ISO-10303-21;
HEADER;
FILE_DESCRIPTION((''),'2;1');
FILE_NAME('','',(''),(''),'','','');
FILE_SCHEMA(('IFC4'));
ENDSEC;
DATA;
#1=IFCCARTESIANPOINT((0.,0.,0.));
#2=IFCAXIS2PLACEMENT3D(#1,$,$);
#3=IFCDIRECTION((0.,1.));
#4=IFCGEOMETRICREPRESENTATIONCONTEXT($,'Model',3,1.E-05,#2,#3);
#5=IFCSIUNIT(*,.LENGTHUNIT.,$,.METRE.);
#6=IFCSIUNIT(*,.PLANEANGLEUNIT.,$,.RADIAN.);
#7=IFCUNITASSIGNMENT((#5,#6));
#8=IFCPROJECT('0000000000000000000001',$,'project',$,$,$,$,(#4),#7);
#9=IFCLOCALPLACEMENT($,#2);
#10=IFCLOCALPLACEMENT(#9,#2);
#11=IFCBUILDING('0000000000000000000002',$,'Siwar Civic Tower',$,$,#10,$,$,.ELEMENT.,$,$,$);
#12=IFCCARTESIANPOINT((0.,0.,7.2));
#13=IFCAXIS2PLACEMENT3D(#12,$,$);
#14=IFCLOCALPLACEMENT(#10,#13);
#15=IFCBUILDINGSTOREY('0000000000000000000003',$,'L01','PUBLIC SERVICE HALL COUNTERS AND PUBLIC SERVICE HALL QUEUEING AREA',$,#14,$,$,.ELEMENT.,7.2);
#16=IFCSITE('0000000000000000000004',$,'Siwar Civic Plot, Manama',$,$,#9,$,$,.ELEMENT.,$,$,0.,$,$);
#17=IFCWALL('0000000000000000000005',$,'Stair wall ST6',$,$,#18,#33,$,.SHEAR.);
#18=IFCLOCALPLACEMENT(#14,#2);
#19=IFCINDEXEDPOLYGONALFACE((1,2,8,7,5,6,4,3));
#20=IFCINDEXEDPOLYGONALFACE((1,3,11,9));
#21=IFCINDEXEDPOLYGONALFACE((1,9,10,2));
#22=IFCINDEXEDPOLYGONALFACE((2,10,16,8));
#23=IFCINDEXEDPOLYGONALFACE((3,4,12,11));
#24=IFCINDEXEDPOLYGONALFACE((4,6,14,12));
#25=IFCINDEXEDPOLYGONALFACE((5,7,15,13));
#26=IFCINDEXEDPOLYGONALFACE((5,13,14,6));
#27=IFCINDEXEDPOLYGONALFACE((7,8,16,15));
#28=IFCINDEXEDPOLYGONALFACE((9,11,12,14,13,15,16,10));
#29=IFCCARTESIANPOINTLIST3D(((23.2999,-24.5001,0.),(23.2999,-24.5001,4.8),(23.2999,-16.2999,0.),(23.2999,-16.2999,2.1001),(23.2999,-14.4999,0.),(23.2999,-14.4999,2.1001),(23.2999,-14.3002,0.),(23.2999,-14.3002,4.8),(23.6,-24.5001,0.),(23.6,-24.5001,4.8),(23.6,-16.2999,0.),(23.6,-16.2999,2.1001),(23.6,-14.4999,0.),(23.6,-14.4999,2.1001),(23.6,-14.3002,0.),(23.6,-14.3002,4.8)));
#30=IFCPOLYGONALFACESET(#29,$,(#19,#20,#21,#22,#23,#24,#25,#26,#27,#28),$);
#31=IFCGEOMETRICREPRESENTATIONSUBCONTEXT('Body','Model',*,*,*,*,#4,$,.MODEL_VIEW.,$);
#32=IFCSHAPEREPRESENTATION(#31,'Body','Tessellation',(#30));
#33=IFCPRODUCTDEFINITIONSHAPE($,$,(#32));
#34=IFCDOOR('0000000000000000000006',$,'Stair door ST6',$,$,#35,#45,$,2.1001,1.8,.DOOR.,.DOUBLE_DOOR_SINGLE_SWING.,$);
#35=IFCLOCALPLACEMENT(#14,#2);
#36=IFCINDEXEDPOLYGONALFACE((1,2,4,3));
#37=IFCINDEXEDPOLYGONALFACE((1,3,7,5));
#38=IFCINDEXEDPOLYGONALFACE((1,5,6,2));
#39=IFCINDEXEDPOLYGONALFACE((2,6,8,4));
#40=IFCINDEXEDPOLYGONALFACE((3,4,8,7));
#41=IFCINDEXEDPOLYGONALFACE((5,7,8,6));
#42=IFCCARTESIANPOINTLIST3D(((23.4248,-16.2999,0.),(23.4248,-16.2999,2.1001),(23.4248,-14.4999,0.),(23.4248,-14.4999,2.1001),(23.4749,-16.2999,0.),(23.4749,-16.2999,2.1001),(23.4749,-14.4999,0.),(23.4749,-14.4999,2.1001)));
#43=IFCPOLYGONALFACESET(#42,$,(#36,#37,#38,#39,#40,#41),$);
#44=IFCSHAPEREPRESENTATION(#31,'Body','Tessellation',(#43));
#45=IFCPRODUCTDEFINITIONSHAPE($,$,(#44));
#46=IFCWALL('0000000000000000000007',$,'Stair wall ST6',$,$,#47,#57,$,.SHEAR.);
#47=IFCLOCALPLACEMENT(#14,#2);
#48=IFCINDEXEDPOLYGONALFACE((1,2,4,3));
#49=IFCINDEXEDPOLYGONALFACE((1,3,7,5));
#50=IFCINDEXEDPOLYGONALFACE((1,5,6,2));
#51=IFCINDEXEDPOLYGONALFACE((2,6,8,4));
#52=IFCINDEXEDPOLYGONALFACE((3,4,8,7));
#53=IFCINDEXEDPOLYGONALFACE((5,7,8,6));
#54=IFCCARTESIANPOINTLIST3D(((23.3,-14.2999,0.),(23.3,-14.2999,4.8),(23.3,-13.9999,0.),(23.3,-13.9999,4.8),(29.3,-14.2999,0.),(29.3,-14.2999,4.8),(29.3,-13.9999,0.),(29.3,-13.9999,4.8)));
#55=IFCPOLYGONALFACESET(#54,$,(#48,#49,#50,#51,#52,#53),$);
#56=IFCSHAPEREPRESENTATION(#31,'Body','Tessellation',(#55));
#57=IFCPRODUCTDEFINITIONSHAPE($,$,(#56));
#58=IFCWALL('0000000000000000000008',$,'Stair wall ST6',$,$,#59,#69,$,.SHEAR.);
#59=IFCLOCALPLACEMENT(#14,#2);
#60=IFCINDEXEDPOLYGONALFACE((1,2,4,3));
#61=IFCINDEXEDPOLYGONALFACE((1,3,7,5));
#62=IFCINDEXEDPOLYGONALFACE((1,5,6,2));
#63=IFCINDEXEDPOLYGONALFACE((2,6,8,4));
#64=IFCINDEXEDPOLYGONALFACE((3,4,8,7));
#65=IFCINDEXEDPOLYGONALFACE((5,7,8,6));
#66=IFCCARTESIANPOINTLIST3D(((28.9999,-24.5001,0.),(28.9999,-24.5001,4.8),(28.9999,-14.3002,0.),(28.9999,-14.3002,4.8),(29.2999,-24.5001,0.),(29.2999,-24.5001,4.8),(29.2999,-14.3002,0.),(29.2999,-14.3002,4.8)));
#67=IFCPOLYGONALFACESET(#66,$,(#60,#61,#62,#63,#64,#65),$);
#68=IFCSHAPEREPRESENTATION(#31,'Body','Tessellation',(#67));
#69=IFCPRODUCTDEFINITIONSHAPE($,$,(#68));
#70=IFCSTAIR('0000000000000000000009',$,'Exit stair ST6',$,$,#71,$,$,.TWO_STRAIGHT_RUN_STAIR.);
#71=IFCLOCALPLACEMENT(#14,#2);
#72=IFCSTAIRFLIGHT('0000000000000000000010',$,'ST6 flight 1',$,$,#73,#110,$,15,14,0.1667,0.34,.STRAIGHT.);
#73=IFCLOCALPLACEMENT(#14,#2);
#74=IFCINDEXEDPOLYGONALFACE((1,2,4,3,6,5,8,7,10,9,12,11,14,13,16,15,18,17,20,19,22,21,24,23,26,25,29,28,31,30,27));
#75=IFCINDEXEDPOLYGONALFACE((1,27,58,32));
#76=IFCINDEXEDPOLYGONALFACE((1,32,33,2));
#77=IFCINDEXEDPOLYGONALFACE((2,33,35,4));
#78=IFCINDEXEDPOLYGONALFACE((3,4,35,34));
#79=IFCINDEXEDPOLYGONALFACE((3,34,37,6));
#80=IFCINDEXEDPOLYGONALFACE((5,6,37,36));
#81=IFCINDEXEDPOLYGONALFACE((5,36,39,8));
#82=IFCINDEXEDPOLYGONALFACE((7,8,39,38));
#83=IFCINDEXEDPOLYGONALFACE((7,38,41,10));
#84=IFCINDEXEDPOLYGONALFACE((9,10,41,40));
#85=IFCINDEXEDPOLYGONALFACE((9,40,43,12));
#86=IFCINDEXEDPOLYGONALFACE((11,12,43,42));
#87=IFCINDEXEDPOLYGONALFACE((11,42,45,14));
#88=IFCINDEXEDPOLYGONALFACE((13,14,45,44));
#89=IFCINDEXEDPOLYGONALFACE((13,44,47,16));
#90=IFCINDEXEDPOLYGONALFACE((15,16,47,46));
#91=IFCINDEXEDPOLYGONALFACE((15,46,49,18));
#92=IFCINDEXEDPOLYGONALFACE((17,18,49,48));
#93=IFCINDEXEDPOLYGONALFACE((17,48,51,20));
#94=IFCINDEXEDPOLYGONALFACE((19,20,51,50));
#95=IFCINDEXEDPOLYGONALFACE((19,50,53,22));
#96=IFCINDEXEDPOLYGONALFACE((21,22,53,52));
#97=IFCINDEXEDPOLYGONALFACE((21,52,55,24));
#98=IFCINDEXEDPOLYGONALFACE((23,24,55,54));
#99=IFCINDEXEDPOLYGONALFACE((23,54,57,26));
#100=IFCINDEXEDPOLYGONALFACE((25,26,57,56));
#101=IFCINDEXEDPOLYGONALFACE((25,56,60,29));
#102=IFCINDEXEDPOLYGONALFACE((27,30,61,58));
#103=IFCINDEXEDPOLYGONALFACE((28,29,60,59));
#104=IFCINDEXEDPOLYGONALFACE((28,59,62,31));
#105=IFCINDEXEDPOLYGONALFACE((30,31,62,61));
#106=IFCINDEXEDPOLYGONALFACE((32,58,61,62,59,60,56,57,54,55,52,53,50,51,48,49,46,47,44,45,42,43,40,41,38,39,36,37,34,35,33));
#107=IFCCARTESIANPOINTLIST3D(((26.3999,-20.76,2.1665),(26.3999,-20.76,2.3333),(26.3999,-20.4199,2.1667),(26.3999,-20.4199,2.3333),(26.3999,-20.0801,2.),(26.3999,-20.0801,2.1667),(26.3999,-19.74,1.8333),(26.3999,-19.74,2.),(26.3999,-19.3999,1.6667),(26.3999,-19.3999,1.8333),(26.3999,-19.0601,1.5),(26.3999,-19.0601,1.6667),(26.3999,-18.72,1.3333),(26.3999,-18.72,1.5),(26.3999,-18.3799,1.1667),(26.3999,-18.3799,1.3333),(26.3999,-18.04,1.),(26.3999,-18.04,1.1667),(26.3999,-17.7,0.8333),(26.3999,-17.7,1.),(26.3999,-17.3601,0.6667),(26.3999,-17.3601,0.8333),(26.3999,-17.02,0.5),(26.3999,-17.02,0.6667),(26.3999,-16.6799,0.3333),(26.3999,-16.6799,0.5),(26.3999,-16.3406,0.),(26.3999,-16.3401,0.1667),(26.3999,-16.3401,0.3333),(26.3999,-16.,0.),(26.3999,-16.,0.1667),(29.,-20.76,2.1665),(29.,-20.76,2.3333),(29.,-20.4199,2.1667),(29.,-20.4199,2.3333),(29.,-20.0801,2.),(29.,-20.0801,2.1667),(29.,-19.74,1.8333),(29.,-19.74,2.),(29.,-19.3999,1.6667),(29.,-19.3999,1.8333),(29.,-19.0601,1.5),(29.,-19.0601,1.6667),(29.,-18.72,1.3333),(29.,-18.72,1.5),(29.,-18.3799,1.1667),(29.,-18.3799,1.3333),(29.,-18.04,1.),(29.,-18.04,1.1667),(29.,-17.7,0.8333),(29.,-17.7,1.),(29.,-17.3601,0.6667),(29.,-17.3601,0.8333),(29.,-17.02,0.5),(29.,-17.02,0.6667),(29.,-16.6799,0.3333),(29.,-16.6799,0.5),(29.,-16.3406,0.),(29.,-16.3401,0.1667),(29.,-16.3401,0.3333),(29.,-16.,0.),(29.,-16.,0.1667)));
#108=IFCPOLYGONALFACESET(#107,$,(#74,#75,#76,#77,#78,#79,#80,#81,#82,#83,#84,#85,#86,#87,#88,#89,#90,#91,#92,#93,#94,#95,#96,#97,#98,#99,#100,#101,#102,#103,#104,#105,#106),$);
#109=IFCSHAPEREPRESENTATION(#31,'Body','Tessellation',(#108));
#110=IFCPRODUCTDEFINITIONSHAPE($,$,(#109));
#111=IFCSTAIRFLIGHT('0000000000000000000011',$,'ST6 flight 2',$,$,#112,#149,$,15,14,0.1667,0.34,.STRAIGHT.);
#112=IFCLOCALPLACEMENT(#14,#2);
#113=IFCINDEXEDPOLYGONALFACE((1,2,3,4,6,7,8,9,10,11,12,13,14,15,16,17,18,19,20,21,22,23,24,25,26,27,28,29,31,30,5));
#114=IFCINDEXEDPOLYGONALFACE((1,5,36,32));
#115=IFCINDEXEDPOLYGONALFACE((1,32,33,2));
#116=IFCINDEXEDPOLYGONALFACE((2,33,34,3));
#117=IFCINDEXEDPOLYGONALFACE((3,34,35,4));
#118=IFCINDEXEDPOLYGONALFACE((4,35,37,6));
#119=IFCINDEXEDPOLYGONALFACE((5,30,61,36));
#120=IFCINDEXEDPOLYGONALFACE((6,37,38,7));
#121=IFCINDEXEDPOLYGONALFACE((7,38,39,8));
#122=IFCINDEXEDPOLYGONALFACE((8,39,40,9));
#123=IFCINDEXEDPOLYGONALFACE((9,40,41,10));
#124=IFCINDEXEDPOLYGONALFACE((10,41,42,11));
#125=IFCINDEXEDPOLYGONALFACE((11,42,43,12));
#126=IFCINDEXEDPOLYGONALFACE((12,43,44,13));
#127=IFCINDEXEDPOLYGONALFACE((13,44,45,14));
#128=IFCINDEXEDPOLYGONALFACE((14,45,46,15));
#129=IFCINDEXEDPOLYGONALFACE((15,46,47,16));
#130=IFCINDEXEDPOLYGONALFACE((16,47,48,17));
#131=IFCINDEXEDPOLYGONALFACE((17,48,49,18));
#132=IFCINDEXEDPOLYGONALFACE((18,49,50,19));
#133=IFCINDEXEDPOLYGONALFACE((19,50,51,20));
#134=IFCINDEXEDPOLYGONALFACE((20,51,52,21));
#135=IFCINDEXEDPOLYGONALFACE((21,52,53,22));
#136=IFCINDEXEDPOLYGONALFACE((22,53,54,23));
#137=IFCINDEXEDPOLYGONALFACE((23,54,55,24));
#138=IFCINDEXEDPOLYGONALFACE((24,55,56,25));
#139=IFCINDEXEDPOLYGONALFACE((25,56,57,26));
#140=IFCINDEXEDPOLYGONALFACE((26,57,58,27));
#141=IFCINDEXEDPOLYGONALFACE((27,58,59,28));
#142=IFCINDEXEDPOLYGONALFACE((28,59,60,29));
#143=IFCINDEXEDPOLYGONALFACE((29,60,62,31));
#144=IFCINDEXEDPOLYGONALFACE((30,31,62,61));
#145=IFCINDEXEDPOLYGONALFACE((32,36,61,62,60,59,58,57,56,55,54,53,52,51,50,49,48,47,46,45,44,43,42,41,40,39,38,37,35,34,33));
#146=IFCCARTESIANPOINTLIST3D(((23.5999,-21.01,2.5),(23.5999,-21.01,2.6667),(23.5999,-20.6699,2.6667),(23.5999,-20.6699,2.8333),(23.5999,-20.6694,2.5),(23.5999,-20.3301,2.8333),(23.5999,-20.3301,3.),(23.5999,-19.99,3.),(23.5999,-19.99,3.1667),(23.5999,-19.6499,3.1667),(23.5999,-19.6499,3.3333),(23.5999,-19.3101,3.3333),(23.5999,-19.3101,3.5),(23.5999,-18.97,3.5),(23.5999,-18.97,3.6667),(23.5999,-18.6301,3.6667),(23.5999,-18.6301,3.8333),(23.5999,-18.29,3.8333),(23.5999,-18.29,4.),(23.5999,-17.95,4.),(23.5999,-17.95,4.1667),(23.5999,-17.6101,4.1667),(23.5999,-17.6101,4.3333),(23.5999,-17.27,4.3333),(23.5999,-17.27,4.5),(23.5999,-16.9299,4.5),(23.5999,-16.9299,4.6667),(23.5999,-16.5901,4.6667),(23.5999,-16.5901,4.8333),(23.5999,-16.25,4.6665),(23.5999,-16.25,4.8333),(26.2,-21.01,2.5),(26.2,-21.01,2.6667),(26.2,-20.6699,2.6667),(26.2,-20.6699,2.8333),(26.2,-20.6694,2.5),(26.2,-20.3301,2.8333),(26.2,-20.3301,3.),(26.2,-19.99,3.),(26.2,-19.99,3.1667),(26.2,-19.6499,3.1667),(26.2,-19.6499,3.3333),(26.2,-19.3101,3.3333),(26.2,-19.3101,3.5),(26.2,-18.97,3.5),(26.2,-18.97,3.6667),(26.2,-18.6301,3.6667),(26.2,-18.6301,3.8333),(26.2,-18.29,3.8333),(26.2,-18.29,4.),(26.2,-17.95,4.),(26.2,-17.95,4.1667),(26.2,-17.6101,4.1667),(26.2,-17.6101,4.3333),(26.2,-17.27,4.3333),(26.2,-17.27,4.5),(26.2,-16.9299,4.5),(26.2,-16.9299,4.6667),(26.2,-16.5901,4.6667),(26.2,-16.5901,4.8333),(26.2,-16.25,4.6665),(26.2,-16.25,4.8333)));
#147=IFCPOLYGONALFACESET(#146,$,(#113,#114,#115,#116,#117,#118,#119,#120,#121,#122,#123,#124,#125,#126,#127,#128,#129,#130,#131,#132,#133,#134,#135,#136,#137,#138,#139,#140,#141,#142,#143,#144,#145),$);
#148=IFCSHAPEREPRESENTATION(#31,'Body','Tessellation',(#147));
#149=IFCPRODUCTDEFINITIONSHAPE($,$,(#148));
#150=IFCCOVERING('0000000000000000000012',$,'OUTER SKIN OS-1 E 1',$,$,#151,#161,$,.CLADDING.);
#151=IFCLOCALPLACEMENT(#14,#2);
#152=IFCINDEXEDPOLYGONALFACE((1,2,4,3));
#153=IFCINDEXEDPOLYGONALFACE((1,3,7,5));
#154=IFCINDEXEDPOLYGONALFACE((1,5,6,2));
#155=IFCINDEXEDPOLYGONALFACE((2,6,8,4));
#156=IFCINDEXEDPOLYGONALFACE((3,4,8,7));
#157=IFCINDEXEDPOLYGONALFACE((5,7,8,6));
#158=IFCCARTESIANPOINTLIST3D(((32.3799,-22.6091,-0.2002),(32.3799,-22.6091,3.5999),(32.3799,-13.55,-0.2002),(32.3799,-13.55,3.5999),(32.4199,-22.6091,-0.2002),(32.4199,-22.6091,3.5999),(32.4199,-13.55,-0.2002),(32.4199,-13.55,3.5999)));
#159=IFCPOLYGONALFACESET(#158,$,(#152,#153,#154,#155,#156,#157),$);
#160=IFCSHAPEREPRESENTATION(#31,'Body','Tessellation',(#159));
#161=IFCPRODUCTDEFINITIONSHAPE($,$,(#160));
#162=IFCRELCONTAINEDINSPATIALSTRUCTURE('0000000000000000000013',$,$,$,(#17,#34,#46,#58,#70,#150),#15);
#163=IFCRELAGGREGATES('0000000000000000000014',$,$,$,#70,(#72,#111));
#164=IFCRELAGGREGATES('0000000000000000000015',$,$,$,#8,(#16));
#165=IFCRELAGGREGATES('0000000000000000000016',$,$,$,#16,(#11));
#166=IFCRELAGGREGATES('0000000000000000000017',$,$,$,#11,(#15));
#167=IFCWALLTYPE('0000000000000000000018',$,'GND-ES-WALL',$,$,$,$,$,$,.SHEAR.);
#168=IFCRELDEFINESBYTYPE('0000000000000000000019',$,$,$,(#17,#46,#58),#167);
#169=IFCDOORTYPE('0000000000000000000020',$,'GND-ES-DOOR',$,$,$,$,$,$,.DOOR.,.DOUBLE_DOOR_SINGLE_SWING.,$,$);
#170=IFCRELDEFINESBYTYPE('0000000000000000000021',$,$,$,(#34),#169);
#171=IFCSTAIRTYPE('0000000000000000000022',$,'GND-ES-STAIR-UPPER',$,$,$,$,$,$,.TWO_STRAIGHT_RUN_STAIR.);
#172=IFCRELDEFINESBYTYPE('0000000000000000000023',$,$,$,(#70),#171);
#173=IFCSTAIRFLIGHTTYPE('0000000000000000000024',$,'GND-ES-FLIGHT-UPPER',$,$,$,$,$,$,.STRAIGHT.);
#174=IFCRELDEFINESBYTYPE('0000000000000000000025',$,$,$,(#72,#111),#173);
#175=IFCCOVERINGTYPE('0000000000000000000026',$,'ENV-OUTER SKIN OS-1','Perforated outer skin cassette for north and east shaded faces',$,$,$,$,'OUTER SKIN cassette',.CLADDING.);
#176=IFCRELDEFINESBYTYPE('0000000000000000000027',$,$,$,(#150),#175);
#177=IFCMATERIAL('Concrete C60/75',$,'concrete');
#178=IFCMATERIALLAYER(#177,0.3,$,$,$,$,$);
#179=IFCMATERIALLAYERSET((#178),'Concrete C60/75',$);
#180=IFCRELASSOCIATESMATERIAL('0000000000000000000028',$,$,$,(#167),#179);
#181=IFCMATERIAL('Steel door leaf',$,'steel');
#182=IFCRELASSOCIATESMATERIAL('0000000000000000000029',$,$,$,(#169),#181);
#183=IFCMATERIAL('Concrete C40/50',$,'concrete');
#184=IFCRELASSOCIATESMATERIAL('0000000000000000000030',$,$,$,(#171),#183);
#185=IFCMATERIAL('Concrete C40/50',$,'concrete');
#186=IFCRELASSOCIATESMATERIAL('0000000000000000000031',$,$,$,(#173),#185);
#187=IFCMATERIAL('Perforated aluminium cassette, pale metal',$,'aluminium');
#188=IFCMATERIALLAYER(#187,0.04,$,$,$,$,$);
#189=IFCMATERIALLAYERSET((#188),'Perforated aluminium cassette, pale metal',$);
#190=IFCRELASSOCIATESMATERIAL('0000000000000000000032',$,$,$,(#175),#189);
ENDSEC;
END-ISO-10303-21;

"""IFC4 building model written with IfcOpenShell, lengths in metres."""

from ifc_helpers import new_model, si_unit, direction, frame, frame_2d, origin, origin_2d, place, context, subcontext, project, spatial, polyline, rectangle, outline, extrude, material, layer, layer_set, type_object, element, fill, aggregate, save


model = new_model("IFC4")

# Units and contexts
model_context = context("Model", 3, precision=1e-05, world=origin(), true_north=direction((0.0, 1.0)))
body_context = subcontext(model_context, "Body", "Model", "MODEL_VIEW")
ifc_project = project(units=[si_unit("LENGTHUNIT", "METRE"), si_unit("PLANEANGLEUNIT", "RADIAN")], contexts=[model_context])

# Site, building, storey
site_placement = place(None, origin())
site = spatial("IfcSite", under=ifc_project, at=site_placement, Name="Siwar Civic Plot, Manama", CompositionType="ELEMENT", RefElevation=0.0)
building_placement = place(site_placement, origin())
building = spatial("IfcBuilding", under=site, at=building_placement, Name="Siwar Civic Tower", CompositionType="ELEMENT")
storey_placement = place(building_placement, frame((0.0, 0.0, 7.2)))
storey = spatial("IfcBuildingStorey", under=building, at=storey_placement, Name="L01", Description="PUBLIC SERVICE HALL COUNTERS AND PUBLIC SERVICE HALL QUEUEING AREA", CompositionType="ELEMENT", Elevation=7.2)

# Wall, opening, door
ifc_material_1 = material(Name="Concrete C60/75", Category="concrete")
ifc_layer_1 = layer(ifc_material_1, 0.3)
ifc_layer_set_1 = layer_set([ifc_layer_1], Name="Concrete C60/75")
wall_type_1 = type_object("IfcWallType", Name="GND-ES-WALL", PredefinedType="SHEAR", material=ifc_layer_set_1)
wall_1_placement = place(storey_placement, frame((23.45, -14.3, 0.0), z_axis=(0.0, 0.0, 1.0), x_axis=(0.0, -1.0, 0.0)))
wall_1 = element("IfcWall", 1, at=wall_1_placement, inside=storey, type_object=wall_type_1, Name="Stair wall ST6", PredefinedType="SHEAR", context=body_context, shape_type="SweptSolid", body=[
    extrude(rectangle(XDim=10.2, YDim=0.3, at=frame_2d((5.1001, 0.0))), origin(), (0.0, 0.0, 1.0), 4.8),
])
opening_placement = place(wall_1_placement, frame((0.2, 0.0, 0.0)))
opening = element("IfcOpeningElement", 2, at=opening_placement, cuts=wall_1, PredefinedType="OPENING", context=body_context, shape_type="SweptSolid", body=[
    extrude(rectangle(XDim=1.8, YDim=2.1001, at=frame_2d((0.8999, 1.05))), frame((0.0, 0.1602, 0.0), z_axis=(0.0, -1.0, 0.0), x_axis=(1.0, 0.0, 0.0)), (0.0, 0.0, 1.0), 0.3201),
])
ifc_material_2 = material(Name="Steel door leaf", Category="steel")
door_type = type_object("IfcDoorType", Name="GND-ES-DOOR", OperationType="DOUBLE_DOOR_SINGLE_SWING", PredefinedType="DOOR", material=ifc_material_2)
door_placement = place(opening_placement, origin())
door = element("IfcDoor", 3, at=door_placement, inside=storey, type_object=door_type, Name="Stair door ST6", OperationType="DOUBLE_DOOR_SINGLE_SWING", OverallHeight=2.1001, OverallWidth=1.8, PredefinedType="DOOR", context=body_context, shape_type="SweptSolid", body=[
    extrude(rectangle(XDim=1.8, YDim=2.1001, at=frame_2d((0.8999, 1.05))), frame((0.0, 0.0249, 0.0), z_axis=(0.0, -1.0, 0.0), x_axis=(1.0, 0.0, 0.0)), (0.0, 0.0, 1.0), 0.05),
])
fill(opening, door)

# Walls
wall_2_placement = place(storey_placement, frame((29.3, -14.1499, 0.0), z_axis=(0.0, 0.0, 1.0), x_axis=(-1.0, 0.0, 0.0)))
element("IfcWall", 4, at=wall_2_placement, inside=storey, type_object=wall_type_1, Name="Stair wall ST6", PredefinedType="SHEAR", context=body_context, shape_type="SweptSolid", body=[
    extrude(rectangle(XDim=6.0, YDim=0.3, at=frame_2d((3.0, 0.0))), origin(), (0.0, 0.0, 1.0), 4.8),
])
wall_3_placement = place(storey_placement, frame((29.1499, -14.3, 0.0), z_axis=(0.0, 0.0, 1.0), x_axis=(0.0, -1.0, 0.0)))
element("IfcWall", 5, at=wall_3_placement, inside=storey, type_object=wall_type_1, Name="Stair wall ST6", PredefinedType="SHEAR", context=body_context, shape_type="SweptSolid", body=[
    extrude(rectangle(XDim=10.2, YDim=0.3, at=frame_2d((5.1001, 0.0))), origin(), (0.0, 0.0, 1.0), 4.8),
])

# Stair, stair flights
ifc_material_3 = material(Name="Concrete C40/50", Category="concrete")
stair_type = type_object("IfcStairType", Name="GND-ES-STAIR-UPPER", PredefinedType="TWO_STRAIGHT_RUN_STAIR", material=ifc_material_3)
stair_placement = place(storey_placement, origin())
stair = element("IfcStair", 6, at=stair_placement, inside=storey, type_object=stair_type, Name="Exit stair ST6", PredefinedType="TWO_STRAIGHT_RUN_STAIR")
ifc_material_4 = material(Name="Concrete C40/50", Category="concrete")
stair_flight_type = type_object("IfcStairFlightType", Name="GND-ES-FLIGHT-UPPER", PredefinedType="STRAIGHT", material=ifc_material_4)
stair_flight_1_placement = place(storey_placement, frame((27.7, -16.0, 0.0), z_axis=(0.0, 0.0, 1.0), x_axis=(0.0, -1.0, 0.0)))
stair_flight_1 = element("IfcStairFlight", 7, at=stair_flight_1_placement, type_object=stair_flight_type, Name="ST6 flight 1", NumberOfRisers=15, NumberOfTreads=14, PredefinedType="STRAIGHT", RiserHeight=0.1667, TreadLength=0.34, context=body_context, shape_type="SweptSolid", body=[
    extrude(outline(polyline([(0.0, 0.0), (0.0, 0.1667), (0.3401, 0.1667), (0.3401, 0.3333), (0.6799, 0.3333), (0.6799, 0.5), (1.02, 0.5), (1.02, 0.6667), (1.3601, 0.6667), (1.3601, 0.8333), (1.7, 0.8333), (1.7, 1.0), (2.04, 1.0), (2.04, 1.1667), (2.3799, 1.1667), (2.3799, 1.3333), (2.72, 1.3333), (2.72, 1.5), (3.0601, 1.5), (3.0601, 1.6667), (3.3999, 1.6667), (3.3999, 1.8333), (3.74, 1.8333), (3.74, 2.0), (4.0801, 2.0), (4.0801, 2.1667), (4.4199, 2.1667), (4.4199, 2.3333), (4.76, 2.3333), (4.76, 2.5), (4.76, 2.1665), (0.3406, 0.0), (0.0, 0.0)])), frame((0.0, 1.3, 0.0), z_axis=(0.0, -1.0, 0.0), x_axis=(1.0, 0.0, 0.0)), (0.0, 0.0, 1.0), 2.6001),
])
stair_flight_2_placement = place(storey_placement, frame((24.8999, -21.01, 2.5), z_axis=(0.0, 0.0, 1.0), x_axis=(0.0, 1.0, 0.0)))
stair_flight_2 = element("IfcStairFlight", 8, at=stair_flight_2_placement, type_object=stair_flight_type, Name="ST6 flight 2", NumberOfRisers=15, NumberOfTreads=14, PredefinedType="STRAIGHT", RiserHeight=0.1667, TreadLength=0.34, context=body_context, shape_type="SweptSolid", body=[
    extrude(outline(polyline([(0.0, 0.0), (0.0, 0.1667), (0.3401, 0.1667), (0.3401, 0.3333), (0.6799, 0.3333), (0.6799, 0.5), (1.02, 0.5), (1.02, 0.6667), (1.3601, 0.6667), (1.3601, 0.8333), (1.7, 0.8333), (1.7, 1.0), (2.04, 1.0), (2.04, 1.1667), (2.3799, 1.1667), (2.3799, 1.3333), (2.72, 1.3333), (2.72, 1.5), (3.0601, 1.5), (3.0601, 1.6667), (3.3999, 1.6667), (3.3999, 1.8333), (3.74, 1.8333), (3.74, 2.0), (4.0801, 2.0), (4.0801, 2.1667), (4.4199, 2.1667), (4.4199, 2.3333), (4.76, 2.3333), (4.76, 2.5), (4.76, 2.1665), (0.3406, 0.0), (0.0, 0.0)])), frame((0.0, 1.3, 0.0), z_axis=(0.0, -1.0, 0.0), x_axis=(1.0, 0.0, 0.0)), (0.0, 0.0, 1.0), 2.6001),
])
aggregate(stair, [stair_flight_1, stair_flight_2])

# Covering
ifc_material_5 = material(Name="Perforated aluminium cassette, pale metal", Category="aluminium")
ifc_layer_2 = layer(ifc_material_5, 0.04)
ifc_layer_set_2 = layer_set([ifc_layer_2], Name="Perforated aluminium cassette, pale metal")
covering_type = type_object("IfcCoveringType", Name="ENV-OUTER SKIN OS-1", Description="Perforated outer skin cassette for north and east shaded faces", ElementType="OUTER SKIN cassette", PredefinedType="CLADDING", material=ifc_layer_set_2)
covering_placement = place(storey_placement, frame((32.3999, -18.0796, -0.2002), z_axis=(0.0, 0.0, 1.0), x_axis=(0.0, 1.0, 0.0)))
element("IfcCovering", 9, at=covering_placement, inside=storey, type_object=covering_type, Name="OUTER SKIN OS-1 E 1", PredefinedType="CLADDING", context=body_context, shape_type="SweptSolid", body=[
    extrude(rectangle(XDim=9.0591, YDim=0.04, at=origin_2d()), origin(), (0.0, 0.0, 1.0), 3.8),
])

save(model, "model.ifc")
